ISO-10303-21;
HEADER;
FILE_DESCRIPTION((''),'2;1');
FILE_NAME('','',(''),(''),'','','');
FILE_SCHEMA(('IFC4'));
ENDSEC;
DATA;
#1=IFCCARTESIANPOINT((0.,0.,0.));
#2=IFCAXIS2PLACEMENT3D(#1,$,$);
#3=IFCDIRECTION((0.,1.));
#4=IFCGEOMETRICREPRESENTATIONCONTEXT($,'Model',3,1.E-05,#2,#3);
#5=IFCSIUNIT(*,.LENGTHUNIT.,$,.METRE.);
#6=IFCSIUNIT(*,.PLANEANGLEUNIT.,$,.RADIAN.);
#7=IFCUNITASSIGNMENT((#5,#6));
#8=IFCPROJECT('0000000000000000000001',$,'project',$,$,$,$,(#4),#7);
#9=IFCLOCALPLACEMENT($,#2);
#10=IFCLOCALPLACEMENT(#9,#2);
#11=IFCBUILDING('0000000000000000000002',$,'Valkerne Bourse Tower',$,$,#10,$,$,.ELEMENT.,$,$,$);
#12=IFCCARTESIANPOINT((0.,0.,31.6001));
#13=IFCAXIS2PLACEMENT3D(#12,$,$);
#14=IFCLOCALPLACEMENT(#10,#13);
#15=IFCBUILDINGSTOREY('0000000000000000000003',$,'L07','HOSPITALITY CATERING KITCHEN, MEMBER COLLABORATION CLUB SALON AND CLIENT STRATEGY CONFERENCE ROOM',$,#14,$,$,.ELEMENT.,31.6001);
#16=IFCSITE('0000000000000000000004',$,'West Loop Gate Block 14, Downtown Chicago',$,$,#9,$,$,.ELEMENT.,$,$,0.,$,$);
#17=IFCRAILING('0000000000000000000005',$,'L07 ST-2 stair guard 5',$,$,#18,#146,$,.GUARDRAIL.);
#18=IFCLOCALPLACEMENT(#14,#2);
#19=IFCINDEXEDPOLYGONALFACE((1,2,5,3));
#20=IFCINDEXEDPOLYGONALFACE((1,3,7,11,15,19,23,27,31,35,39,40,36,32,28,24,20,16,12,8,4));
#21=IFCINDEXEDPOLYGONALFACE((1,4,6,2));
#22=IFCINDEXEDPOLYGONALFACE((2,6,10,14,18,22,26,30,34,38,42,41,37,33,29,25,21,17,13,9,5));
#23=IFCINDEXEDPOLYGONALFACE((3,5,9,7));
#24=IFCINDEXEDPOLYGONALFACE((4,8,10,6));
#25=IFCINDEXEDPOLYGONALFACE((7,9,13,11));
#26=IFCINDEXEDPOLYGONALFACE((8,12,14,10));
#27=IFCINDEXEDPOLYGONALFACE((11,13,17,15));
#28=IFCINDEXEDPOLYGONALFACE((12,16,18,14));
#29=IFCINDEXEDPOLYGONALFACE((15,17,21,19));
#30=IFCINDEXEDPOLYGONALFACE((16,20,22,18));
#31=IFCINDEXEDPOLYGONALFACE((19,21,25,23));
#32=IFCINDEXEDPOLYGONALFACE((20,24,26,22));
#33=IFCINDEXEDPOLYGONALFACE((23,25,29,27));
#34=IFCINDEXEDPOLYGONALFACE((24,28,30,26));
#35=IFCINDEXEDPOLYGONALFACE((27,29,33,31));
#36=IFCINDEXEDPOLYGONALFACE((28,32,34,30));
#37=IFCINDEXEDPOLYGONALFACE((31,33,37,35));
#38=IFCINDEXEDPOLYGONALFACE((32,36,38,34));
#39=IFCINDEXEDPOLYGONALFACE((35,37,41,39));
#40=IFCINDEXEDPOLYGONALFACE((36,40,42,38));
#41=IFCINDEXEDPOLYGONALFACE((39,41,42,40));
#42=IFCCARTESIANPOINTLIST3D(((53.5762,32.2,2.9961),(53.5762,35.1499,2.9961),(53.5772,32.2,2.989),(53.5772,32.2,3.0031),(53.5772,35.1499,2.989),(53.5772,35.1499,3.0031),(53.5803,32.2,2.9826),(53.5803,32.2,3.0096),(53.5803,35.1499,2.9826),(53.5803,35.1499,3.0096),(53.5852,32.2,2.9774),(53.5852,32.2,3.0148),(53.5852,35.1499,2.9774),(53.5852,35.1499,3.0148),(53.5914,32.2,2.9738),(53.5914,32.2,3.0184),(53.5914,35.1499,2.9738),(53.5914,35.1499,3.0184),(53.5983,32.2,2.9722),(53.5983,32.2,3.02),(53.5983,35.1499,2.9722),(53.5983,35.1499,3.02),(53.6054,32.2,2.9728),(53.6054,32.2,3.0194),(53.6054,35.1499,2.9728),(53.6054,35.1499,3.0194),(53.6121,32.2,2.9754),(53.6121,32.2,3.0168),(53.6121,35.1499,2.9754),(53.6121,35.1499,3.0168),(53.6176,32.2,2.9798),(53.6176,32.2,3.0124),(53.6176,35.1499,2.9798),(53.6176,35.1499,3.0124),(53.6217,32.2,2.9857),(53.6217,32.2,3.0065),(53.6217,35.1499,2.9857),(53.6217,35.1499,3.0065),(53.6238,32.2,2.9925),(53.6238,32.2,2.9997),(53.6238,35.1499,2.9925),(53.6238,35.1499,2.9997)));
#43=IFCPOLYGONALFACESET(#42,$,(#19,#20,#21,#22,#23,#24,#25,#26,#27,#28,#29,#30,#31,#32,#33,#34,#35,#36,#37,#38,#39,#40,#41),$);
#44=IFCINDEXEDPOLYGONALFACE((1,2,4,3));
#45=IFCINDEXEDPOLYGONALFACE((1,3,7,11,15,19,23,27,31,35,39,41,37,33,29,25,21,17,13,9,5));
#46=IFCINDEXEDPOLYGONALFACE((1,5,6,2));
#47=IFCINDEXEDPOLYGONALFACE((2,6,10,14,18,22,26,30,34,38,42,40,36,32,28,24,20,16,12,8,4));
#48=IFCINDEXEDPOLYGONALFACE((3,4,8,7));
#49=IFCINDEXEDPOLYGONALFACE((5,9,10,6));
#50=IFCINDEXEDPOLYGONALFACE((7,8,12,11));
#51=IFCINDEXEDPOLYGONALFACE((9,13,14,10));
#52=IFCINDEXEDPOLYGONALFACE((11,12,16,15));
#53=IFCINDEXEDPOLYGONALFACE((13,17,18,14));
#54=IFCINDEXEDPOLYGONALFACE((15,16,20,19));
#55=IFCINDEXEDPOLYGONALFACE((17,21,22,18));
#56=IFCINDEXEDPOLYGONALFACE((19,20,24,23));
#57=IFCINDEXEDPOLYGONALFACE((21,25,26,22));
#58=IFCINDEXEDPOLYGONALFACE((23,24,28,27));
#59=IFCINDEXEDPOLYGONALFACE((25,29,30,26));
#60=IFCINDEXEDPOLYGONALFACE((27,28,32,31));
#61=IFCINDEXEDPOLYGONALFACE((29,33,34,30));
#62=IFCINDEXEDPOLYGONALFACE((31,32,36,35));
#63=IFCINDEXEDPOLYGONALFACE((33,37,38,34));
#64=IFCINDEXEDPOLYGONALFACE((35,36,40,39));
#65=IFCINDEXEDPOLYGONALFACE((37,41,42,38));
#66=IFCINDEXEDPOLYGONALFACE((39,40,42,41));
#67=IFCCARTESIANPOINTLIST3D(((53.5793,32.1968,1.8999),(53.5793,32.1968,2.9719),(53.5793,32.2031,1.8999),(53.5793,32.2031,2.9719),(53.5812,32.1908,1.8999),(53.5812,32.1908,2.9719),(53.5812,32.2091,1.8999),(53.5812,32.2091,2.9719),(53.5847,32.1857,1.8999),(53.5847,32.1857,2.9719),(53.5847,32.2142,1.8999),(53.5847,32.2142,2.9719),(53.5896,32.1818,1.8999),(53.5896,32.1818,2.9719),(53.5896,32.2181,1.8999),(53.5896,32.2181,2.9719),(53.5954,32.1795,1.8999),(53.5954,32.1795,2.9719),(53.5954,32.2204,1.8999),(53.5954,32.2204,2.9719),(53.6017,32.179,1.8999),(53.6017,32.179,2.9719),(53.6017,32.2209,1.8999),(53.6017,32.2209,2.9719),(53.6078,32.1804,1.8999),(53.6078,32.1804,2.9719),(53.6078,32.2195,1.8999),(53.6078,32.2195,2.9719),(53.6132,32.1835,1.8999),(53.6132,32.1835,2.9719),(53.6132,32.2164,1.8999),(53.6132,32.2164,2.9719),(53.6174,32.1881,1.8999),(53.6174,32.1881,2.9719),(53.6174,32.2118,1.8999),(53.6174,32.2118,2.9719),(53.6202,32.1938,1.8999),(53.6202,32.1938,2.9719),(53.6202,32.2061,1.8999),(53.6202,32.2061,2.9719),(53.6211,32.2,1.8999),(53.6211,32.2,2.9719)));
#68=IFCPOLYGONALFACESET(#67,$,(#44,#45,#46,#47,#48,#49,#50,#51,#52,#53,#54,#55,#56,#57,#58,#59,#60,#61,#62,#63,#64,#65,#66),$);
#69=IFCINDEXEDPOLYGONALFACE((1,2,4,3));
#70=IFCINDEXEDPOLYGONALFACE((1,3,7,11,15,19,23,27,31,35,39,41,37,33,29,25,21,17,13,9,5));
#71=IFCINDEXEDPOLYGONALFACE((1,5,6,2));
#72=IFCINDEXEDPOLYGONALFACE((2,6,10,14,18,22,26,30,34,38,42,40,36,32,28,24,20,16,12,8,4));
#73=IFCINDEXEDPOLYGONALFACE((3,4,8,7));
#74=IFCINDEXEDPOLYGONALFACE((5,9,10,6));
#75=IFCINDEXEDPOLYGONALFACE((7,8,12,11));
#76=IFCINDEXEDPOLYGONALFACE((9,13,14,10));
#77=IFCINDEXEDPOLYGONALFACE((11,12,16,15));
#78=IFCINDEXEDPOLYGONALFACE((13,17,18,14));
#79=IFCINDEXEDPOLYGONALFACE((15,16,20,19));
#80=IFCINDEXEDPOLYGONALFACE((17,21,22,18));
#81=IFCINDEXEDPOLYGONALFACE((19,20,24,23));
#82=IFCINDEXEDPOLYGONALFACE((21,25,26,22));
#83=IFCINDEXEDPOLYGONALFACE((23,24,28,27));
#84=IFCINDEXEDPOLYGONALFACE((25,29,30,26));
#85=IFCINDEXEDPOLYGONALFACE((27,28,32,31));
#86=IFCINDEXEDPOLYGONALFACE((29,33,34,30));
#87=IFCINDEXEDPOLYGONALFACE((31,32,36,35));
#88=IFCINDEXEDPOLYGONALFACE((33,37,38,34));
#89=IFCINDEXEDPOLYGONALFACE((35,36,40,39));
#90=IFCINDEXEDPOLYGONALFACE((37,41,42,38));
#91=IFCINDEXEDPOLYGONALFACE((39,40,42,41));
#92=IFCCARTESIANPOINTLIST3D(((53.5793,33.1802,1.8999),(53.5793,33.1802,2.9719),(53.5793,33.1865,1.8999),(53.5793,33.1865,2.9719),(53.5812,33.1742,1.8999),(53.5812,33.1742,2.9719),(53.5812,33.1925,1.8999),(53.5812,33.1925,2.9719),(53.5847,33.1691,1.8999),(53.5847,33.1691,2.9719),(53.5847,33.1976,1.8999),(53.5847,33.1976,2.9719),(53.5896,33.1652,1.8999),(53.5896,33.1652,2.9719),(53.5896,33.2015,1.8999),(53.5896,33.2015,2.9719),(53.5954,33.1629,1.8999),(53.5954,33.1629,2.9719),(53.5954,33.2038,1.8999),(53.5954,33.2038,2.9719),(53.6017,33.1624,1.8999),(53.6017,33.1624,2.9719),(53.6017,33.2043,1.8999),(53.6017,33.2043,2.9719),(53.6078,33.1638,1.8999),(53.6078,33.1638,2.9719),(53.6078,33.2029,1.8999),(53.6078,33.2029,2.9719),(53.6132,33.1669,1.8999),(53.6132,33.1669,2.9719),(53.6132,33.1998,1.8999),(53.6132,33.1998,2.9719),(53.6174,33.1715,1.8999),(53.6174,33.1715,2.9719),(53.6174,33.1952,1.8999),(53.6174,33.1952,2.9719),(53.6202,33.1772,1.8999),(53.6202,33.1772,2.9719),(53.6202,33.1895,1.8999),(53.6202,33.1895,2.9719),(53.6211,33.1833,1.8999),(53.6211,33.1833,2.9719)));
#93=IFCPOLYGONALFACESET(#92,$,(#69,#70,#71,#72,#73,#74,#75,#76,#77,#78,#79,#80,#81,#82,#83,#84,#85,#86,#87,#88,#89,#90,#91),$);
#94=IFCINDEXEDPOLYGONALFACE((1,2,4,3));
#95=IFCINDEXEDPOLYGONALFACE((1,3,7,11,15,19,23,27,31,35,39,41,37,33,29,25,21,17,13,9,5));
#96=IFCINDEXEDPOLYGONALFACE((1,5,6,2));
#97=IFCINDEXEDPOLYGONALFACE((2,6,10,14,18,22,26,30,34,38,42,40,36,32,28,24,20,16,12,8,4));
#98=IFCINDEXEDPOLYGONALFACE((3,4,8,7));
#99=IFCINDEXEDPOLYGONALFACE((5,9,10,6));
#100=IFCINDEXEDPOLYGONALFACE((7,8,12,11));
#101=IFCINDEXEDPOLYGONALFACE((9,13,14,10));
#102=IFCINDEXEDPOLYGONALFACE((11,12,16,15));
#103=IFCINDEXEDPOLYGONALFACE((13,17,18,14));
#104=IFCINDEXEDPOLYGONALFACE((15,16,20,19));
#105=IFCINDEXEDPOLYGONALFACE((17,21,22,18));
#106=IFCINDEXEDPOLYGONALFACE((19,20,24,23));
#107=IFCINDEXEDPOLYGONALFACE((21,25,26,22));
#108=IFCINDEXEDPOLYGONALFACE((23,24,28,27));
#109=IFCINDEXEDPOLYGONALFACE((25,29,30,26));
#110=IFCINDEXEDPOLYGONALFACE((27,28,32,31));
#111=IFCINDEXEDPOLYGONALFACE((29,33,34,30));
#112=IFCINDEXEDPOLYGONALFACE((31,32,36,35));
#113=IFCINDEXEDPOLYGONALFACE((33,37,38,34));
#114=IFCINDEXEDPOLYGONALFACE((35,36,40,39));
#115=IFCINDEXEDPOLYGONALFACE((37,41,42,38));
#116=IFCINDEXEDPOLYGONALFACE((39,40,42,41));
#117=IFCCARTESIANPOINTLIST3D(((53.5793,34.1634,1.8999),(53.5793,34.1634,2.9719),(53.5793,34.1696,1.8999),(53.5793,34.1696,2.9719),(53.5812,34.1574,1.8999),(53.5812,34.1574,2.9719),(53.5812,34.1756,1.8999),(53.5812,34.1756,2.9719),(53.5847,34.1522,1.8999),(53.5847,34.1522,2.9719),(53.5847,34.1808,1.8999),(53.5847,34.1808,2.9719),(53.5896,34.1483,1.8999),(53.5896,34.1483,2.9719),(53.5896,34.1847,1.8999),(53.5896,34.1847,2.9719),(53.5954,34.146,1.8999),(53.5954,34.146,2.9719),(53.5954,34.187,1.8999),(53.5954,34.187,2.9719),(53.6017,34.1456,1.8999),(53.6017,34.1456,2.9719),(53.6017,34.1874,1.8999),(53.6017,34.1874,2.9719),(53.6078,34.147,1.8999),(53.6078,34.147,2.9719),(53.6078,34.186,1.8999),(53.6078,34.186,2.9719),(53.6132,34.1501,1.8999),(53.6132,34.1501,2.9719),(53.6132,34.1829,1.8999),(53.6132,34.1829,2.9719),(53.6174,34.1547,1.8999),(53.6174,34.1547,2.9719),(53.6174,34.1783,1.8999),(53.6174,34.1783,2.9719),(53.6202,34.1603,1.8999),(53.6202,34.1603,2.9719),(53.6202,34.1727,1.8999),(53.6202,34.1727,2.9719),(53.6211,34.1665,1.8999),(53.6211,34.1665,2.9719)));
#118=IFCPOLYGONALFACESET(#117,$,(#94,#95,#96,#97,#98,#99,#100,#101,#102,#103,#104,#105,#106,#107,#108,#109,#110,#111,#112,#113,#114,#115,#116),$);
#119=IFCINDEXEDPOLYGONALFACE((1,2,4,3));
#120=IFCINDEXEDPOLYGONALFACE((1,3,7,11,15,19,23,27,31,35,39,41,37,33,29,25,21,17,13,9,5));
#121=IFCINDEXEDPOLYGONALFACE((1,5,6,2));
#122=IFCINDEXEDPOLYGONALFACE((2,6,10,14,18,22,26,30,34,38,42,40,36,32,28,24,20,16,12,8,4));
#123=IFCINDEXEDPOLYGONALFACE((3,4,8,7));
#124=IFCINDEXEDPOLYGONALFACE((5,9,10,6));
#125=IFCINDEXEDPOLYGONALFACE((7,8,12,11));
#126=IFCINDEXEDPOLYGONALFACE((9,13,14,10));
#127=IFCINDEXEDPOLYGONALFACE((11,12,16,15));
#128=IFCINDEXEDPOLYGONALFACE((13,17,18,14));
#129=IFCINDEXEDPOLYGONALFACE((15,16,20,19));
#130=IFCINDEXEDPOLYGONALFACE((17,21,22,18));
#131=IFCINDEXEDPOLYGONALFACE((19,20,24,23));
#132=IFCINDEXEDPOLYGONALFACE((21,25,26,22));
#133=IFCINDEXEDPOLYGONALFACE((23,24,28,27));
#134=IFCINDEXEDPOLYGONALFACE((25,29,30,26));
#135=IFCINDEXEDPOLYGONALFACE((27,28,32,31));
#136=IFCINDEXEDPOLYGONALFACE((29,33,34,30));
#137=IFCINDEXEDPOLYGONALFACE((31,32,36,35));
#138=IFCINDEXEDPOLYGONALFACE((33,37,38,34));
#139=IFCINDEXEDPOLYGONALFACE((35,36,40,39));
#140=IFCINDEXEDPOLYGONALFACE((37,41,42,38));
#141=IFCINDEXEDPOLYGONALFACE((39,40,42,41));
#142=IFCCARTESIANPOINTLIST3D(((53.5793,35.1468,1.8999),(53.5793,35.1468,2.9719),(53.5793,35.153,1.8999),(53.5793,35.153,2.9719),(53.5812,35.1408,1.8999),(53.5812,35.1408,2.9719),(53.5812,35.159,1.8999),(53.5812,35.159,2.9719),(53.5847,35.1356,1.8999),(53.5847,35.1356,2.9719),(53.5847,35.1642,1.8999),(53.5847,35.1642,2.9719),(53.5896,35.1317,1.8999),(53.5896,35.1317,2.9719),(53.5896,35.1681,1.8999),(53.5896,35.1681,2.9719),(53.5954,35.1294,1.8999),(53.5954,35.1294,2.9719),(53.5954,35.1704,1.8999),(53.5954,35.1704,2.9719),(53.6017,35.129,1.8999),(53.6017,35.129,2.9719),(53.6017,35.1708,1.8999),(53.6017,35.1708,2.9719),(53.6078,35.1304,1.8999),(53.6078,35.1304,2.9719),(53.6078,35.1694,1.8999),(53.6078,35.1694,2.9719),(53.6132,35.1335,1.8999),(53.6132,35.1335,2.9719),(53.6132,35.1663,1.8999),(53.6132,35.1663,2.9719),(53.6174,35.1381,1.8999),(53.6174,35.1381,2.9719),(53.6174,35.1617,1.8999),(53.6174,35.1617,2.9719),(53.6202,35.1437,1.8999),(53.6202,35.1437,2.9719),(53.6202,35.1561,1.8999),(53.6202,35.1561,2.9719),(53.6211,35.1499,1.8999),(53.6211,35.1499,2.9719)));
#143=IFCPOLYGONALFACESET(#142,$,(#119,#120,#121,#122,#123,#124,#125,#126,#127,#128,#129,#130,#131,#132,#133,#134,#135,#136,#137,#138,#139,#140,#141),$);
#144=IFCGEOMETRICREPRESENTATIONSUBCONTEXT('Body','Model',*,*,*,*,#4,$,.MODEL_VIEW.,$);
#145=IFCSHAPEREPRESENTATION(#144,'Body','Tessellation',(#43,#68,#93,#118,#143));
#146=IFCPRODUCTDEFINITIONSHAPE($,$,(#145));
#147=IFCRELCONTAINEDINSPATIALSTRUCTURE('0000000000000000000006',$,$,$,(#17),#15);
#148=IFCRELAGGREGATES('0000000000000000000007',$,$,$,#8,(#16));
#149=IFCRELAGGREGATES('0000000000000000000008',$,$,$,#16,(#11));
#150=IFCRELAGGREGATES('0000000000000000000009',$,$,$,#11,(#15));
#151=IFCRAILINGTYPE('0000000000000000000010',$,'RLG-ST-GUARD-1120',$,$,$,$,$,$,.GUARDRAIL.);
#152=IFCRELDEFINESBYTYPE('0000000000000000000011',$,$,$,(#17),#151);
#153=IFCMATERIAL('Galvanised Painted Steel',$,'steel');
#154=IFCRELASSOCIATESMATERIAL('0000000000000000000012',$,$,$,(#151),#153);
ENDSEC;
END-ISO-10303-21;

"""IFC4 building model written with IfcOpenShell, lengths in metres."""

from ifc_helpers import new_model, si_unit, direction, frame, origin, origin_2d, place, context, subcontext, project, spatial, circle, extrude, material, type_object, element, save


model = new_model("IFC4")

# Units and contexts
model_context = context("Model", 3, precision=1e-05, world=origin(), true_north=direction((0.0, 1.0)))
body_context = subcontext(model_context, "Body", "Model", "MODEL_VIEW")
ifc_project = project(units=[si_unit("LENGTHUNIT", "METRE"), si_unit("PLANEANGLEUNIT", "RADIAN")], contexts=[model_context])

# Site, building, storey
site_placement = place(None, origin())
site = spatial("IfcSite", under=ifc_project, at=site_placement, Name="West Loop Gate Block 14, Downtown Chicago", CompositionType="ELEMENT", RefElevation=0.0)
building_placement = place(site_placement, origin())
building = spatial("IfcBuilding", under=site, at=building_placement, Name="Valkerne Bourse Tower", CompositionType="ELEMENT")
storey_placement = place(building_placement, frame((0.0, 0.0, 31.6001)))
storey = spatial("IfcBuildingStorey", under=building, at=storey_placement, Name="L07", Description="HOSPITALITY CATERING KITCHEN, MEMBER COLLABORATION CLUB SALON AND CLIENT STRATEGY CONFERENCE ROOM", CompositionType="ELEMENT", Elevation=31.6001)

# Railing
ifc_material_1 = material(Name="Galvanised Painted Steel", Category="steel")
railing_type_1 = type_object("IfcRailingType", Name="RLG-ST-GUARD-1120", PredefinedType="GUARDRAIL", material=ifc_material_1)
railing_1_placement = place(storey_placement, frame((53.6001, 32.2, 1.8999)))
element("IfcRailing", 1, at=railing_1_placement, inside=storey, type_object=railing_type_1, Name="L07 ST-2 stair guard 5", PredefinedType="GUARDRAIL", context=body_context, shape_type="SweptSolid", body=[
    extrude(circle(Radius=0.0239, at=origin_2d()), frame((0.0, 0.0, 1.0962), z_axis=(0.0, 1.0, 0.0), x_axis=(-1.0, 0.0, 0.0)), (0.0, 0.0, 1.0), 2.95),
    extrude(circle(Radius=0.021, at=origin_2d()), origin(), (0.0, 0.0, 1.0), 1.072),
    extrude(circle(Radius=0.021, at=origin_2d()), frame((0.0, 0.9834, 0.0)), (0.0, 0.0, 1.0), 1.072),
    extrude(circle(Radius=0.021, at=origin_2d()), frame((0.0, 1.9666, 0.0)), (0.0, 0.0, 1.0), 1.072),
    extrude(circle(Radius=0.021, at=origin_2d()), frame((0.0, 2.95, 0.0)), (0.0, 0.0, 1.0), 1.072),
])

save(model, "model.ifc")
